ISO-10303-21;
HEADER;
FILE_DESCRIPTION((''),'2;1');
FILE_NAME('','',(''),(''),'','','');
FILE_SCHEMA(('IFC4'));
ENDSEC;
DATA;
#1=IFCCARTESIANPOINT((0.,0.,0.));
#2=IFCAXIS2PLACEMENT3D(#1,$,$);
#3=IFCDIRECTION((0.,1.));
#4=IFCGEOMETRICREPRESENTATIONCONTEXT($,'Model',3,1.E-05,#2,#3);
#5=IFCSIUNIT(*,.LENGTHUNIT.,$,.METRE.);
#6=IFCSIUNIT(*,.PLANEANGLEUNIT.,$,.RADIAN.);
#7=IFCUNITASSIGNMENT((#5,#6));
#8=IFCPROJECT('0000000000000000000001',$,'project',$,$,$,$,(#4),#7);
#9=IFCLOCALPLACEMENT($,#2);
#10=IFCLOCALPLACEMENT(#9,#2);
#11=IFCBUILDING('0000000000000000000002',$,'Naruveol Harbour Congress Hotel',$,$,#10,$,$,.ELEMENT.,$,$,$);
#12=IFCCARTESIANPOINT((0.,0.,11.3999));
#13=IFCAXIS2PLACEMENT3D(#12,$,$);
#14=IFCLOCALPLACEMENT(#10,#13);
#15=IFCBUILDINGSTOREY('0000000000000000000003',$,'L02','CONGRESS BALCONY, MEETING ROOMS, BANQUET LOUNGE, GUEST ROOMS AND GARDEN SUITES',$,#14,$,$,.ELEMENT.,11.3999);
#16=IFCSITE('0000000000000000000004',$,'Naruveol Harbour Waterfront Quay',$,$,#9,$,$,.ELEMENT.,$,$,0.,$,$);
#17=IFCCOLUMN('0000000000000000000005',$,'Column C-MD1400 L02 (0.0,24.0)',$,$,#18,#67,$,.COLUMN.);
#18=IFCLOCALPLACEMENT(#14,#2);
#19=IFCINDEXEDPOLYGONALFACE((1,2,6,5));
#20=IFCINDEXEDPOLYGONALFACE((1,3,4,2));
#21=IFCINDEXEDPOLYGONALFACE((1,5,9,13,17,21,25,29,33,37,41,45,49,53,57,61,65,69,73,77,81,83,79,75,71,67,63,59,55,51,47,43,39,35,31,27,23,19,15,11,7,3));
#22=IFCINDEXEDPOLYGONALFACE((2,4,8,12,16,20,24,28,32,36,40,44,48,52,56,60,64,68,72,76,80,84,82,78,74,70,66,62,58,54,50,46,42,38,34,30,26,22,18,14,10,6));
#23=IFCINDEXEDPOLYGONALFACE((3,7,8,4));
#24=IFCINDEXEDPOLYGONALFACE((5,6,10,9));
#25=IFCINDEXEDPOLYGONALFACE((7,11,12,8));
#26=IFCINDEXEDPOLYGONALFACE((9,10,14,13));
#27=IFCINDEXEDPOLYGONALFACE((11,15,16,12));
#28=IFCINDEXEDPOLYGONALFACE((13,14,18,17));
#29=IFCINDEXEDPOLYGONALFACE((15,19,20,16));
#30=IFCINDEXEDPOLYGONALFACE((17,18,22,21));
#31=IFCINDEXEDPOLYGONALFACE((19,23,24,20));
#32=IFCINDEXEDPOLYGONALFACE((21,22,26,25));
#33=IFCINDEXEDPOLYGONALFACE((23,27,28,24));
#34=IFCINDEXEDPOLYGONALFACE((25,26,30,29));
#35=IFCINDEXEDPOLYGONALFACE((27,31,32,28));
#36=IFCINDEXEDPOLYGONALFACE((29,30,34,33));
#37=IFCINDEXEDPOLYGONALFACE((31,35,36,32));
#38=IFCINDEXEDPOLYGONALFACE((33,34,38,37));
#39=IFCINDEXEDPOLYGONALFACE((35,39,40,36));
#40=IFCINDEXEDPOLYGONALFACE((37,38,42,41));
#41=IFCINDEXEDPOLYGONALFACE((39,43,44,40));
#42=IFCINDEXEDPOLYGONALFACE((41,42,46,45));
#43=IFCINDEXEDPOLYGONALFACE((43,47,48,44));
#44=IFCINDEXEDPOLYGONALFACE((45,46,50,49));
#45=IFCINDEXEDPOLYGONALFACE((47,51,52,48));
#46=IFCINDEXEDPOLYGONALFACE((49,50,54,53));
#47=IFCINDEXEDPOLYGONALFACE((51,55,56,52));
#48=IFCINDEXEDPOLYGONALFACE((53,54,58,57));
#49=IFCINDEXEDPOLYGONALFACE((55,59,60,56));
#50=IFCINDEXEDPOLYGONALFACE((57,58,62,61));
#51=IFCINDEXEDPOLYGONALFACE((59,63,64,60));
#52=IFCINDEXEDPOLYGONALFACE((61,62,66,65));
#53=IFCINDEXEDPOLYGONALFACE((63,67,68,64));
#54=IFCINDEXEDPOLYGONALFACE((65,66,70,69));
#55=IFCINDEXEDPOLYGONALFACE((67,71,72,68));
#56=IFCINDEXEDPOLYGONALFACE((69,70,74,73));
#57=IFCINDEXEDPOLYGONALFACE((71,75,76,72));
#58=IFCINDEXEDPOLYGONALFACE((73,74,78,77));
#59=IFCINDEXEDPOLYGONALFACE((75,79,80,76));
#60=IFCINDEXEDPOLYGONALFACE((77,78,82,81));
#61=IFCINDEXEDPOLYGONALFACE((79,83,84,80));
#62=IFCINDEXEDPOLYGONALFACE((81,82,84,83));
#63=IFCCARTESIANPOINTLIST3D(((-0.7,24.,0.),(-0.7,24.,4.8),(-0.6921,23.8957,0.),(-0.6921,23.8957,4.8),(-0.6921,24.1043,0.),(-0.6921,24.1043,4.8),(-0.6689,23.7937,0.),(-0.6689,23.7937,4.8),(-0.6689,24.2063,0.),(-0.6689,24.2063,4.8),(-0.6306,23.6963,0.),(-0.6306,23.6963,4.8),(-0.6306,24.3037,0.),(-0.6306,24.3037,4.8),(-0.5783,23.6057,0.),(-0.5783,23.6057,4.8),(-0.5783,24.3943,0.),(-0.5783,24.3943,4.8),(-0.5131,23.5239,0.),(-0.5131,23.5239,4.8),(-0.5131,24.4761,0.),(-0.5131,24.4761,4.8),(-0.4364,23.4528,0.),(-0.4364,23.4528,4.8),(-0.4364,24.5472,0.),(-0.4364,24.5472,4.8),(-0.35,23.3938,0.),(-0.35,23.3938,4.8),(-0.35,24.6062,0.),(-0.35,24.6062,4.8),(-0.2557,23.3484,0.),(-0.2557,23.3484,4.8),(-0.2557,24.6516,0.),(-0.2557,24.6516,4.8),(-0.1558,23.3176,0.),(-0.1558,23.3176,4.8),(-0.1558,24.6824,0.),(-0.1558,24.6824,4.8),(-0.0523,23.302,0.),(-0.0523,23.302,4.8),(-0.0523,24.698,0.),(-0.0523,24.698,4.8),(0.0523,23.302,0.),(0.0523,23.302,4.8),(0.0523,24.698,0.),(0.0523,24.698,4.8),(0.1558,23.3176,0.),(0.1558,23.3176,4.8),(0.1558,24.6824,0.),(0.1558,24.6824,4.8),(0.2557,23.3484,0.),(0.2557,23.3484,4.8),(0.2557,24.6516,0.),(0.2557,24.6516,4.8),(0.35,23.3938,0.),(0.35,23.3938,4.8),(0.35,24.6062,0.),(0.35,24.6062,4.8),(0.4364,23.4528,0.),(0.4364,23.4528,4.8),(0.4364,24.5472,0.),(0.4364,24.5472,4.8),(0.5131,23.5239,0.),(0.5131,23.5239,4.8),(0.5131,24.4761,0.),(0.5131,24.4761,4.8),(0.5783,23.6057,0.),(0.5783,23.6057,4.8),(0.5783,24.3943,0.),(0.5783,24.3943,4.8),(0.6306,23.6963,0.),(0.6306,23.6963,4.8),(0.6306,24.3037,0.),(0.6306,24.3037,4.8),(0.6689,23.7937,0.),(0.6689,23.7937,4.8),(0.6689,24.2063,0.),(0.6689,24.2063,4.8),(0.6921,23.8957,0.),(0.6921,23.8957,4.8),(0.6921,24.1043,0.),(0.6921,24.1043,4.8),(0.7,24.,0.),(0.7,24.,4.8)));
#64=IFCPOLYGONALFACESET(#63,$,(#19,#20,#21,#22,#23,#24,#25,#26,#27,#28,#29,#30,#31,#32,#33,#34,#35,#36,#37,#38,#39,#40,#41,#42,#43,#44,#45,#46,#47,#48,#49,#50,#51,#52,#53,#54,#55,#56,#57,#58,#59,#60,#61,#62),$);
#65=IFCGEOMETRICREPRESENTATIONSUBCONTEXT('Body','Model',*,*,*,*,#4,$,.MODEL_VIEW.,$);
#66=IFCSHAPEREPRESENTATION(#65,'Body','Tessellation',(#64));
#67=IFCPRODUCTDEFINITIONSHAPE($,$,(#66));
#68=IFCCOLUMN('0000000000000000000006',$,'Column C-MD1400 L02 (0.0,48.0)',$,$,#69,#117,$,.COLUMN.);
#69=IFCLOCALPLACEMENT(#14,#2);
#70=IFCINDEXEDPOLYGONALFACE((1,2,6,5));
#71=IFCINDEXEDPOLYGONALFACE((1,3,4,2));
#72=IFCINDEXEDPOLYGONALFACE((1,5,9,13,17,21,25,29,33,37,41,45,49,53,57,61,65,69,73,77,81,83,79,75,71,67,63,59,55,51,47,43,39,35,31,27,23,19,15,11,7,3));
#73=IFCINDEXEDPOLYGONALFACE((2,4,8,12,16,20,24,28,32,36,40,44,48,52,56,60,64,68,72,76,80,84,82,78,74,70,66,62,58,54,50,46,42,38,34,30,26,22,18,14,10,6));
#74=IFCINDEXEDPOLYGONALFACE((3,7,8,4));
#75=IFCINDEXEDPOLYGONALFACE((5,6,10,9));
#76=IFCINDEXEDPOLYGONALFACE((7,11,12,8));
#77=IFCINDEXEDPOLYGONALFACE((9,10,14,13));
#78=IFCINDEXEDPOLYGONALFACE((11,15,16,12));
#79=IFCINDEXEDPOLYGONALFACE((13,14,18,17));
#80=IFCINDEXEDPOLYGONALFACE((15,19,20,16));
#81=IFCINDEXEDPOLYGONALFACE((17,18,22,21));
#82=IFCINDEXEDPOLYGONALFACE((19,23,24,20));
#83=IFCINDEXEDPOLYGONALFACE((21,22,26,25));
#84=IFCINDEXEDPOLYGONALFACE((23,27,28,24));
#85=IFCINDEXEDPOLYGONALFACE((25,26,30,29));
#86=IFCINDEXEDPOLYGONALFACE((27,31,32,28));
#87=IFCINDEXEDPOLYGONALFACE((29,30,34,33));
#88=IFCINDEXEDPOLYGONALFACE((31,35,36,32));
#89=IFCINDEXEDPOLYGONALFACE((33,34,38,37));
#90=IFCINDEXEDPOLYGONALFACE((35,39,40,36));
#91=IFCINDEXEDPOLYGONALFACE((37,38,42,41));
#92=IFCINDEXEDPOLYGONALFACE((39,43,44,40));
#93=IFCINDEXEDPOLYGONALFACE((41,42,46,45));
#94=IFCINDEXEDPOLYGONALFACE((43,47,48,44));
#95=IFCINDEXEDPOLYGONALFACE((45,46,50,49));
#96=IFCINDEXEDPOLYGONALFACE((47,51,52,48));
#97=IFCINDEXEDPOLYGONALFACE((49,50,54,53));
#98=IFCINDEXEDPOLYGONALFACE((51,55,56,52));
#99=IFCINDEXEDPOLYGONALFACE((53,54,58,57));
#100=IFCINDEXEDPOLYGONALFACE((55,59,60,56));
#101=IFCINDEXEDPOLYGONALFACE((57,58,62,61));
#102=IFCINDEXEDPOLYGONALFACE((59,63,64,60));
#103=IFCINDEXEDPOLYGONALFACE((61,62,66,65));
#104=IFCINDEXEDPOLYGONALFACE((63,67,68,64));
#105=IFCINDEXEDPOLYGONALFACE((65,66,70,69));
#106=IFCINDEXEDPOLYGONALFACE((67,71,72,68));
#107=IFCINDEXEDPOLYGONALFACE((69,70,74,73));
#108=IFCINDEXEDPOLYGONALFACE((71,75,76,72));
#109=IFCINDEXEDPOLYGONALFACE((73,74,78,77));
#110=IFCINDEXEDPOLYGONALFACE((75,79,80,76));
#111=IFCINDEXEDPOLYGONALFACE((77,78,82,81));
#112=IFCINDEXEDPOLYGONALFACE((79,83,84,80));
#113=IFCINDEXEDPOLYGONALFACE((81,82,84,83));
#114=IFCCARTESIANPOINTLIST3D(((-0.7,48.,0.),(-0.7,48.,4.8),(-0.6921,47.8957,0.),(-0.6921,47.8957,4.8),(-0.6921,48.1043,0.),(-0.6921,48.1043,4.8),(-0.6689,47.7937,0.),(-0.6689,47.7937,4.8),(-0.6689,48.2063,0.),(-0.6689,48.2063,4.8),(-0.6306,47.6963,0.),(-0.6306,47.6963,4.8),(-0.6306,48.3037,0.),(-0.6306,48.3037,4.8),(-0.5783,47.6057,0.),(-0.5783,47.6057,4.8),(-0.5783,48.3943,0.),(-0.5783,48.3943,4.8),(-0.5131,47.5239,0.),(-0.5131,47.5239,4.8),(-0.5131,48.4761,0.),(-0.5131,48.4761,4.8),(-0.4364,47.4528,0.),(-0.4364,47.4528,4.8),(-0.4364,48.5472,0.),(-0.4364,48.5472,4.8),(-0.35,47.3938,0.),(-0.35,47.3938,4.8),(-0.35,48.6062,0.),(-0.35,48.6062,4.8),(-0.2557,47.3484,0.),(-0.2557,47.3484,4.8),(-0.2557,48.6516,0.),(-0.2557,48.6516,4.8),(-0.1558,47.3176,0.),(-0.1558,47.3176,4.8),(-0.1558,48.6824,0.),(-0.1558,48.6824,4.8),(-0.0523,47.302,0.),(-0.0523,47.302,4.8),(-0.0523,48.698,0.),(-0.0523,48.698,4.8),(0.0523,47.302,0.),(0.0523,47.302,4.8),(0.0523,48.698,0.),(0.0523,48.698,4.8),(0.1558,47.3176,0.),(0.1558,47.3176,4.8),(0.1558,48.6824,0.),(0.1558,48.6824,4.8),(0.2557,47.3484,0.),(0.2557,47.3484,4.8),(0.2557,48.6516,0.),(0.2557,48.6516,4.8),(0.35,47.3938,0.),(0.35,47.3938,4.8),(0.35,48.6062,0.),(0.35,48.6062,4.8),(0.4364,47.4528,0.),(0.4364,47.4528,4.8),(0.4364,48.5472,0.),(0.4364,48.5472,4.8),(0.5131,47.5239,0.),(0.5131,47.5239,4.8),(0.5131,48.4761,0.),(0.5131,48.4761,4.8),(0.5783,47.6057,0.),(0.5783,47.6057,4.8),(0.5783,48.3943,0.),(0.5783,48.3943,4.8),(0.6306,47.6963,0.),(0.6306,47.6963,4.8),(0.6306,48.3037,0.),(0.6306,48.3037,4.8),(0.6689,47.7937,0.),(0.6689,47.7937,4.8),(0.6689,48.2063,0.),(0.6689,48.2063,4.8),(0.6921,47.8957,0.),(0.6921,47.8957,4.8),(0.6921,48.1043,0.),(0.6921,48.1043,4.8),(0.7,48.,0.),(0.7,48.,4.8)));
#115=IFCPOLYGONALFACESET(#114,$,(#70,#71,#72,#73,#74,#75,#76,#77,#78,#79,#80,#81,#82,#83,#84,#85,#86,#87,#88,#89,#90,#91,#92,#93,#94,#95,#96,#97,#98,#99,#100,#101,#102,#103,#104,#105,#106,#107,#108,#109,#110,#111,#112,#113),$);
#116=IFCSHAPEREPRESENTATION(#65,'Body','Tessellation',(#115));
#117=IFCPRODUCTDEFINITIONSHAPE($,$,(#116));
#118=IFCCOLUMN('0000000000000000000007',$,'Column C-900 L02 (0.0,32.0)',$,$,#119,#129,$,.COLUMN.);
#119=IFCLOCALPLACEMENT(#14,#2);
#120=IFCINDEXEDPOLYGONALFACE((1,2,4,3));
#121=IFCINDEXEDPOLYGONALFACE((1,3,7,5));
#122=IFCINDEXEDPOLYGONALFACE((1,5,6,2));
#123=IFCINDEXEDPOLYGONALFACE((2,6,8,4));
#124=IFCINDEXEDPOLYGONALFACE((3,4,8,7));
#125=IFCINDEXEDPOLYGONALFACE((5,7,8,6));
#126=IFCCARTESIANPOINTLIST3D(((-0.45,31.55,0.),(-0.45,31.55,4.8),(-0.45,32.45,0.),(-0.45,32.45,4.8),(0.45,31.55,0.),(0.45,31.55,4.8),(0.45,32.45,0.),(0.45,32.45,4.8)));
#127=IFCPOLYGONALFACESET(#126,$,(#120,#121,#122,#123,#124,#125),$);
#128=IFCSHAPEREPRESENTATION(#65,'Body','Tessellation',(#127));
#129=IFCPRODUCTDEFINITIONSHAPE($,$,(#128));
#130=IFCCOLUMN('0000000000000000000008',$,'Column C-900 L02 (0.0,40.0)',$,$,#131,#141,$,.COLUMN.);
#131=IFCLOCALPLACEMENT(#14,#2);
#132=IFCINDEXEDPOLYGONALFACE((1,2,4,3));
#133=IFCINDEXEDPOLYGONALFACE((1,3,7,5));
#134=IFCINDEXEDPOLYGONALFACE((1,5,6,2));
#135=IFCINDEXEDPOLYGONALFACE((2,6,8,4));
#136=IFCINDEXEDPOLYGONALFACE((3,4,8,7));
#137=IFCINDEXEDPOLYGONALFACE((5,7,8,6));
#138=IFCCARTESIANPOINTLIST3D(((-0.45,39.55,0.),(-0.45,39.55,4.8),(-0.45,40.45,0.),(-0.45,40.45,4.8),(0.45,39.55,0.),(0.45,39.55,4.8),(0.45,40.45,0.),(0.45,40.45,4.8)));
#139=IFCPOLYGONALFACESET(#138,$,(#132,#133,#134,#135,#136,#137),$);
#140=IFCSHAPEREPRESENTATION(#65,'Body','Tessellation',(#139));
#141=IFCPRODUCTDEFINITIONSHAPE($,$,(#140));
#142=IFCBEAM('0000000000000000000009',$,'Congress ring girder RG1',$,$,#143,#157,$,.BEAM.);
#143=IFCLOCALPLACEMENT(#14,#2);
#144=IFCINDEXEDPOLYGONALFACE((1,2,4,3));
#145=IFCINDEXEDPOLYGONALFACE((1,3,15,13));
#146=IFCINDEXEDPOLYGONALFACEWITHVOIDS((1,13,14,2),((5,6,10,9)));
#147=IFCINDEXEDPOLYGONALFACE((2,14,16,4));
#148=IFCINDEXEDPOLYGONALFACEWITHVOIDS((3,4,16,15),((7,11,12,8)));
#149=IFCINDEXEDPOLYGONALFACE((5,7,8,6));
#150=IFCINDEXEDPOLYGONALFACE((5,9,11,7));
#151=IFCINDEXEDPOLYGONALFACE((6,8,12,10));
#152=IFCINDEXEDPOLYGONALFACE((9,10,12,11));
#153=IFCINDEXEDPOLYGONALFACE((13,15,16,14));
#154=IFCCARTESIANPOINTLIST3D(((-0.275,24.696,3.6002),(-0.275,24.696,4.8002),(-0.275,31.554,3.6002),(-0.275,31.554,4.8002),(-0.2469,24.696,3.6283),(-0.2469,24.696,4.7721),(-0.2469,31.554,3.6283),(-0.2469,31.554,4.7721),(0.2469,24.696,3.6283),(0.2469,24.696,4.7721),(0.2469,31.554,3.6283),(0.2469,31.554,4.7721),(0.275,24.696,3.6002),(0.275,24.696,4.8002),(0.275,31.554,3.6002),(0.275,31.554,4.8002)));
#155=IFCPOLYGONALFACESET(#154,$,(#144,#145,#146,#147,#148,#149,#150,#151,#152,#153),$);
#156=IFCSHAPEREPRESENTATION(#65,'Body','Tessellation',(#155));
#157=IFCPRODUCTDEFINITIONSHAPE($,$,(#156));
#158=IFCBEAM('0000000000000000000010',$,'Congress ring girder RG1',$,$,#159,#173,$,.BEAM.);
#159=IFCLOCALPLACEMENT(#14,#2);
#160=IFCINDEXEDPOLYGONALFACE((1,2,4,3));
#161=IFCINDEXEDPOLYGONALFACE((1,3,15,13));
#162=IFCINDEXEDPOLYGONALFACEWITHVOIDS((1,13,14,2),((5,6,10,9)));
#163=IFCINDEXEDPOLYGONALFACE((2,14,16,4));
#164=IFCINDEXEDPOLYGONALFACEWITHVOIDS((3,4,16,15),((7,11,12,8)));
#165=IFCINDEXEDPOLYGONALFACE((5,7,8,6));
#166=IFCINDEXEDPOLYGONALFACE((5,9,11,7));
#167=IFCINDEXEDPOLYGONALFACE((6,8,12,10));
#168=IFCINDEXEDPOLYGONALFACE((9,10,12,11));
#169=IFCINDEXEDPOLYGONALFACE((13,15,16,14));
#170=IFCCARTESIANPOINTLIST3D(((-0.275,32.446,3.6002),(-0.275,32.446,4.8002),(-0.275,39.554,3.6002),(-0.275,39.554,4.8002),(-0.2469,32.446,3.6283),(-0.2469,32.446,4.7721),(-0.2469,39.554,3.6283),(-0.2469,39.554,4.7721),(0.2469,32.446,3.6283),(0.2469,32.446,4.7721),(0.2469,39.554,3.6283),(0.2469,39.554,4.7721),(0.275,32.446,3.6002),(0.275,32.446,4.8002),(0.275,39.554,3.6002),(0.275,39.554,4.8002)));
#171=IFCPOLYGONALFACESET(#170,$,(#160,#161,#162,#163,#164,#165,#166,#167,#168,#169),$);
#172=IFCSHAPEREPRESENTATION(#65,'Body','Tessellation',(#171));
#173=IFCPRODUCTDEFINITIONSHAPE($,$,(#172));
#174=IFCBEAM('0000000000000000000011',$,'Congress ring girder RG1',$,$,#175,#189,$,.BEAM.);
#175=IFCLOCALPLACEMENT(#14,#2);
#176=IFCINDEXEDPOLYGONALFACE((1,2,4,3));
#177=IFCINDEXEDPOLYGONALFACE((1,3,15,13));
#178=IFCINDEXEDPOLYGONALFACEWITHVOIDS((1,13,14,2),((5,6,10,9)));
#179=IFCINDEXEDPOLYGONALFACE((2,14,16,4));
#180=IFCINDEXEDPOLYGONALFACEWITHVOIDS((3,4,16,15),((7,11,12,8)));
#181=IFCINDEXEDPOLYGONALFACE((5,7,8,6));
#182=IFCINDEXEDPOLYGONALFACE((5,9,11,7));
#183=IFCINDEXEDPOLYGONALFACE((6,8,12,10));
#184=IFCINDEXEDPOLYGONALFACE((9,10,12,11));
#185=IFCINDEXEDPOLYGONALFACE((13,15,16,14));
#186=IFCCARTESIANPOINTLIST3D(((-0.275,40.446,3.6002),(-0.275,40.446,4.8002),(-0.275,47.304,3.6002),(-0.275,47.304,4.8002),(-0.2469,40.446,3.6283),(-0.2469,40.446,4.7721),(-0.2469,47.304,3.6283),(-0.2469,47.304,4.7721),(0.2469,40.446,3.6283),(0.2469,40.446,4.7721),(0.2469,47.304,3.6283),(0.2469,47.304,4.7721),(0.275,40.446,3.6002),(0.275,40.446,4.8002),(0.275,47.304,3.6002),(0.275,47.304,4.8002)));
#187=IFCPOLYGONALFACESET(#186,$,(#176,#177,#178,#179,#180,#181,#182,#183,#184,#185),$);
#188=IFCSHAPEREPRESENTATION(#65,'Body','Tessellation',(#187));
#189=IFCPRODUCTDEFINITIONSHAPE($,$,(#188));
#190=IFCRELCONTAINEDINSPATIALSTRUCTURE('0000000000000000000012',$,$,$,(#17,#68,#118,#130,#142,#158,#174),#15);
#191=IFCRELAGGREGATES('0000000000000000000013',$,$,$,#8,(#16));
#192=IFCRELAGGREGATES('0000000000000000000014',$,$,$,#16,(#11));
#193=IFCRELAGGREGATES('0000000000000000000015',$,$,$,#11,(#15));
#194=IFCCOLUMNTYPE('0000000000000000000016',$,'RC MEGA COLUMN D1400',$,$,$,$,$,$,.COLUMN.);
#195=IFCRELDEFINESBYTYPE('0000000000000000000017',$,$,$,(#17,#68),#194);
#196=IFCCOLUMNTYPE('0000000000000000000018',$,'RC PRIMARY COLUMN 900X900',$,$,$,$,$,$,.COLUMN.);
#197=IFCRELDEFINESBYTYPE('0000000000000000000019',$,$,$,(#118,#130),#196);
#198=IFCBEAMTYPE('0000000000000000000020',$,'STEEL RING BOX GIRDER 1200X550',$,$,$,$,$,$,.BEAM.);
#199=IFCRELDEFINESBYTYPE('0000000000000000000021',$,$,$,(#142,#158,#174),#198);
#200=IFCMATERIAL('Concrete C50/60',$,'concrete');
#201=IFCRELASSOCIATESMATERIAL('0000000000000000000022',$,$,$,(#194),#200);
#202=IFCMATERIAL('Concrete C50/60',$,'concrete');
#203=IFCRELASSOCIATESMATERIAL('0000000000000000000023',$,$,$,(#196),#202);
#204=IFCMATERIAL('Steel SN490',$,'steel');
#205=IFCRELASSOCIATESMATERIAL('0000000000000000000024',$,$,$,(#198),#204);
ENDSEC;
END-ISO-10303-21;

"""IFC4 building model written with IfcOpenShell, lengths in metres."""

from ifc_helpers import new_model, si_unit, direction, frame, origin, origin_2d, place, context, subcontext, project, spatial, rectangle, hollow_rectangle, circle, extrude, material, material_profile, profile_set, type_object, element, save


model = new_model("IFC4")

# Units and contexts
model_context = context("Model", 3, precision=1e-05, world=origin(), true_north=direction((0.0, 1.0)))
body_context = subcontext(model_context, "Body", "Model", "MODEL_VIEW")
ifc_project = project(units=[si_unit("LENGTHUNIT", "METRE"), si_unit("PLANEANGLEUNIT", "RADIAN")], contexts=[model_context])

# Site, building, storey
site_placement = place(None, origin())
site = spatial("IfcSite", under=ifc_project, at=site_placement, Name="Naruveol Harbour Waterfront Quay", CompositionType="ELEMENT", RefElevation=0.0)
building_placement = place(site_placement, origin())
building = spatial("IfcBuilding", under=site, at=building_placement, Name="Naruveol Harbour Congress Hotel", CompositionType="ELEMENT")
storey_placement = place(building_placement, frame((0.0, 0.0, 11.3999)))
storey = spatial("IfcBuildingStorey", under=building, at=storey_placement, Name="L02", Description="CONGRESS BALCONY, MEETING ROOMS, BANQUET LOUNGE, GUEST ROOMS AND GARDEN SUITES", CompositionType="ELEMENT", Elevation=11.3999)

# Columns
ifc_material_1 = material(Name="Concrete C50/60", Category="concrete")
ifc_material_profile_1 = material_profile(ifc_material_1, circle(Radius=0.7, at=origin_2d()), Name="RC-D1400")
ifc_profile_set_1 = profile_set([ifc_material_profile_1], Name="Concrete C50/60")
column_type_1 = type_object("IfcColumnType", Name="RC MEGA COLUMN D1400", PredefinedType="COLUMN", material=ifc_profile_set_1)
for number, where, z_axis, x_axis, name in (
    (1, (0.0, 24.0, 0.0), (0.0, 0.0, 1.0), (1.0, 0.0, 0.0), "Column C-MD1400 L02 (0.0,24.0)"),
    (2, (0.0, 48.0, 0.0), (0.0, 0.0, 1.0), (1.0, 0.0, 0.0), "Column C-MD1400 L02 (0.0,48.0)"),
):
    element("IfcColumn", number, at=place(storey_placement, frame(where, z_axis=z_axis, x_axis=x_axis)), inside=storey, type_object=column_type_1, Name=name, PredefinedType="COLUMN", context=body_context, shape_type="SweptSolid", body=[
        extrude(circle(Radius=0.7, at=origin_2d()), origin(), (0.0, 0.0, 1.0), 4.8),
    ])
ifc_material_2 = material(Name="Concrete C50/60", Category="concrete")
ifc_material_profile_2 = material_profile(ifc_material_2, rectangle(XDim=0.8999, YDim=0.8999, at=origin_2d()), Name="RC-900x900")
ifc_profile_set_2 = profile_set([ifc_material_profile_2], Name="Concrete C50/60")
column_type_2 = type_object("IfcColumnType", Name="RC PRIMARY COLUMN 900X900", PredefinedType="COLUMN", material=ifc_profile_set_2)
for number, where, z_axis, x_axis, name in (
    (3, (0.0, 32.0, 0.0), (0.0, 0.0, 1.0), (1.0, 0.0, 0.0), "Column C-900 L02 (0.0,32.0)"),
    (4, (0.0, 40.0, 0.0), (0.0, 0.0, 1.0), (1.0, 0.0, 0.0), "Column C-900 L02 (0.0,40.0)"),
):
    element("IfcColumn", number, at=place(storey_placement, frame(where, z_axis=z_axis, x_axis=x_axis)), inside=storey, type_object=column_type_2, Name=name, PredefinedType="COLUMN", context=body_context, shape_type="SweptSolid", body=[
        extrude(rectangle(XDim=0.8999, YDim=0.8999, at=origin_2d()), origin(), (0.0, 0.0, 1.0), 4.8),
    ])

# Beams
ifc_material_3 = material(Name="Steel SN490", Category="steel")
ifc_material_profile_3 = material_profile(ifc_material_3, hollow_rectangle(XDim=0.55, YDim=1.2, WallThickness=0.0281, at=origin_2d()), Name="RHS-1200x550x28")
ifc_profile_set_3 = profile_set([ifc_material_profile_3], Name="Steel SN490")
beam_type = type_object("IfcBeamType", Name="STEEL RING BOX GIRDER 1200X550", PredefinedType="BEAM", material=ifc_profile_set_3)
beam_1_placement = place(storey_placement, frame((0.0, 24.696, 4.2002), z_axis=(0.0, 1.0, 0.0), x_axis=(-1.0, 0.0, 0.0)))
element("IfcBeam", 5, at=beam_1_placement, inside=storey, type_object=beam_type, Name="Congress ring girder RG1", PredefinedType="BEAM", context=body_context, shape_type="SweptSolid", body=[
    extrude(hollow_rectangle(XDim=0.55, YDim=1.2, WallThickness=0.0281, at=origin_2d()), origin(), (0.0, 0.0, 1.0), 6.8579),
])
beam_2_placement = place(storey_placement, frame((0.0, 32.446, 4.2002), z_axis=(0.0, 1.0, 0.0), x_axis=(-1.0, 0.0, 0.0)))
element("IfcBeam", 6, at=beam_2_placement, inside=storey, type_object=beam_type, Name="Congress ring girder RG1", PredefinedType="BEAM", context=body_context, shape_type="SweptSolid", body=[
    extrude(hollow_rectangle(XDim=0.55, YDim=1.2, WallThickness=0.0281, at=origin_2d()), origin(), (0.0, 0.0, 1.0), 7.1079),
])
beam_3_placement = place(storey_placement, frame((0.0, 40.446, 4.2002), z_axis=(0.0, 1.0, 0.0), x_axis=(-1.0, 0.0, 0.0)))
element("IfcBeam", 7, at=beam_3_placement, inside=storey, type_object=beam_type, Name="Congress ring girder RG1", PredefinedType="BEAM", context=body_context, shape_type="SweptSolid", body=[
    extrude(hollow_rectangle(XDim=0.55, YDim=1.2, WallThickness=0.0281, at=origin_2d()), origin(), (0.0, 0.0, 1.0), 6.8579),
])

save(model, "model.ifc")
